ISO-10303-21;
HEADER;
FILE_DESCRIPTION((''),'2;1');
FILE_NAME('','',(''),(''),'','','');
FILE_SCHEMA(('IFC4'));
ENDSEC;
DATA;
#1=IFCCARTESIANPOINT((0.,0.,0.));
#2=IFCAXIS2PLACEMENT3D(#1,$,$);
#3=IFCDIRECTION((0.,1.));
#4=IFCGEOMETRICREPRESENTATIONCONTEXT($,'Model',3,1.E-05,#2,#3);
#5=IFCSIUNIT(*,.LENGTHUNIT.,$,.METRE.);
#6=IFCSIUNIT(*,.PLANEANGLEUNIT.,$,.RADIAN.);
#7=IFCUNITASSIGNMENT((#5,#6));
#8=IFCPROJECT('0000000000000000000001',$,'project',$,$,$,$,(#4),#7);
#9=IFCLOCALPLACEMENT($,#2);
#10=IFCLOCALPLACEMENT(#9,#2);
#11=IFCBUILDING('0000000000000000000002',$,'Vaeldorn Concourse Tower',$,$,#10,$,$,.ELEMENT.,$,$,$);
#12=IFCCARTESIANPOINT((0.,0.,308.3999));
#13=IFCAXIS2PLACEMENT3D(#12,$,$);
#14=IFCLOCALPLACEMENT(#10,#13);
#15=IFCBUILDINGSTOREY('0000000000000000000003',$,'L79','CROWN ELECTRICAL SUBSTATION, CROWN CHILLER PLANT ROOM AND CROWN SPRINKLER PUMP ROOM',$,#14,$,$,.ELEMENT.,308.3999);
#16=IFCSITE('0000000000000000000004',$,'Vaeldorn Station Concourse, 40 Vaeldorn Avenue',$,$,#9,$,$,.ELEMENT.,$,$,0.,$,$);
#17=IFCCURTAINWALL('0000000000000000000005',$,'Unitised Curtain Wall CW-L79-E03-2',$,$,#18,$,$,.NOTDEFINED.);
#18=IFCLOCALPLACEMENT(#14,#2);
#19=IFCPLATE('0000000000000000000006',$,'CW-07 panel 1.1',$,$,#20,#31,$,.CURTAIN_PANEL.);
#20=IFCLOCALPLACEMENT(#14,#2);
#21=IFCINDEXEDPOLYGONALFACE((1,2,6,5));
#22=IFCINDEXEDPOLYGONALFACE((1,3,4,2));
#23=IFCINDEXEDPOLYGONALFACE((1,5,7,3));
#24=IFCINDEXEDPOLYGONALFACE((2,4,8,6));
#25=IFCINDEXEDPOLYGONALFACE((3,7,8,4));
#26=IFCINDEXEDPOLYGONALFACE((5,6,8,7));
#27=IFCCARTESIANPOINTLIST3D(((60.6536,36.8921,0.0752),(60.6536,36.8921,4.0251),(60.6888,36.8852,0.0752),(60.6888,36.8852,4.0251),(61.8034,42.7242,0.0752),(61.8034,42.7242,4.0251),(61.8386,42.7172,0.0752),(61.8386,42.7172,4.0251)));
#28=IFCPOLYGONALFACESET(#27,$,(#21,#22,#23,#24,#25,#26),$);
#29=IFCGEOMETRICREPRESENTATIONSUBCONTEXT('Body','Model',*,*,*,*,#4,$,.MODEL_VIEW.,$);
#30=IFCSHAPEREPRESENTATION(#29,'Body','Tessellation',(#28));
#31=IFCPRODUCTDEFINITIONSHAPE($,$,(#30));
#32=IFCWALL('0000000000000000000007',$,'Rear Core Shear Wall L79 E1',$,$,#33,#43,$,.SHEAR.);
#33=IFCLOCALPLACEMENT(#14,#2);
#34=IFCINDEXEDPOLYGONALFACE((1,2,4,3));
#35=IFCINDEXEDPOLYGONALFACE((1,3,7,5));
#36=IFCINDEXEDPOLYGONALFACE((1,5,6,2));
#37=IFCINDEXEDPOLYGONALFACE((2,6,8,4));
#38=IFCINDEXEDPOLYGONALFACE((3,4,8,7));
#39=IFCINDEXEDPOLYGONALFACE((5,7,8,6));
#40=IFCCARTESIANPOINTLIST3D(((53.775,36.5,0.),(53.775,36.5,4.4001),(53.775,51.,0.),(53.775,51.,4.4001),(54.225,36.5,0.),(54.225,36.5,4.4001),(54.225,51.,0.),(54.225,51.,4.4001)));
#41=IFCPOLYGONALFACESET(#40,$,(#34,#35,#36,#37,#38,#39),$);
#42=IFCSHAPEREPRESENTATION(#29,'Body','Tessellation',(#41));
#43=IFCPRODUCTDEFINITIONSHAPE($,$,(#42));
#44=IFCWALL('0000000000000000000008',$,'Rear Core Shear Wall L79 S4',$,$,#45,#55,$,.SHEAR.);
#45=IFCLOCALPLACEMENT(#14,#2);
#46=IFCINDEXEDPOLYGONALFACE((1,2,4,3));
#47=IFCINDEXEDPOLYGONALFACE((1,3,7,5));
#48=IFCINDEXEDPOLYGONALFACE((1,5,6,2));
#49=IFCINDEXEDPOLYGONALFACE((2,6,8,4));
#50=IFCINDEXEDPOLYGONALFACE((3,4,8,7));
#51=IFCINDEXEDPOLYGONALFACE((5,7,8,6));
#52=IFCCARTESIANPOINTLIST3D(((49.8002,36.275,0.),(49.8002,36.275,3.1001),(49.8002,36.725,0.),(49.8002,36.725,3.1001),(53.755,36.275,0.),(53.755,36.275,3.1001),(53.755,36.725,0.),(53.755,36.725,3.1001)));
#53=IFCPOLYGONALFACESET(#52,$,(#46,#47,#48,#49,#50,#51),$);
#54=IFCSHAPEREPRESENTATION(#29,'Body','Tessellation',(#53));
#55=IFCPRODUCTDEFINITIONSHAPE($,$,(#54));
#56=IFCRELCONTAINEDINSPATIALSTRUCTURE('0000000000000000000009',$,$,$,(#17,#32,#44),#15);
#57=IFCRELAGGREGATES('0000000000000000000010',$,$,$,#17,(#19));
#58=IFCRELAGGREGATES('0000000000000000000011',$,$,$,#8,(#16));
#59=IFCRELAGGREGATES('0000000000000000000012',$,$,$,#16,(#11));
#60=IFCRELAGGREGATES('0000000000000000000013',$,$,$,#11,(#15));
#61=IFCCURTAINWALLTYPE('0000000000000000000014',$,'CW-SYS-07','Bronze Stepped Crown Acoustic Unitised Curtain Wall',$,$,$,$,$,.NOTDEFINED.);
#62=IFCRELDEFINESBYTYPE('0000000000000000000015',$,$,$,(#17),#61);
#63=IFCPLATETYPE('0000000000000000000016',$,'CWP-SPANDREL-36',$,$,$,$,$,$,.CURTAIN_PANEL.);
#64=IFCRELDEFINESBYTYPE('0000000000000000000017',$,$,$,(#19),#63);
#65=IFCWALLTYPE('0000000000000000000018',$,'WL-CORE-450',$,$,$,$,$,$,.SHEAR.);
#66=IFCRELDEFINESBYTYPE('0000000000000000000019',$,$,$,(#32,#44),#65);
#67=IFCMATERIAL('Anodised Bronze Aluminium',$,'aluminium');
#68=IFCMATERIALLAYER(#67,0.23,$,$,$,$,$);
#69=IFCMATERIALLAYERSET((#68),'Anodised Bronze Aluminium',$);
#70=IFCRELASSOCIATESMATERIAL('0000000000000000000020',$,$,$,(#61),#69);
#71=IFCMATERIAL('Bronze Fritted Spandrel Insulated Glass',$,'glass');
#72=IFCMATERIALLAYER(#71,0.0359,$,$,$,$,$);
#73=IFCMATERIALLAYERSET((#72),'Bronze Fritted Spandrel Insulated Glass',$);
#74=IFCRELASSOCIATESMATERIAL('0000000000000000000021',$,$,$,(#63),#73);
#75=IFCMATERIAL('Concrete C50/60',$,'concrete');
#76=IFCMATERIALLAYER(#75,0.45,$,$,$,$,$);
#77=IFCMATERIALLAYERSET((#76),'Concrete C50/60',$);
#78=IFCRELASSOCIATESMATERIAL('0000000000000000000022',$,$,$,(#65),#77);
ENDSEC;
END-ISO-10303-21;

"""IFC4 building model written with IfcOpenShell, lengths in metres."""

from ifc_helpers import new_model, si_unit, direction, frame, frame_2d, origin, origin_2d, place, context, subcontext, project, spatial, rectangle, extrude, source, transform, mapped, material, layer, layer_set, type_object, element, aggregate, save


model = new_model("IFC4")

# Units and contexts
model_context = context("Model", 3, precision=1e-05, world=origin(), true_north=direction((0.0, 1.0)))
body_context = subcontext(model_context, "Body", "Model", "MODEL_VIEW")
ifc_project = project(units=[si_unit("LENGTHUNIT", "METRE"), si_unit("PLANEANGLEUNIT", "RADIAN")], contexts=[model_context])

# Site, building, storey
site_placement = place(None, origin())
site = spatial("IfcSite", under=ifc_project, at=site_placement, Name="Vaeldorn Station Concourse, 40 Vaeldorn Avenue", CompositionType="ELEMENT", RefElevation=0.0)
building_placement = place(site_placement, origin())
building = spatial("IfcBuilding", under=site, at=building_placement, Name="Vaeldorn Concourse Tower", CompositionType="ELEMENT")
storey_placement = place(building_placement, frame((0.0, 0.0, 308.3999)))
storey = spatial("IfcBuildingStorey", under=building, at=storey_placement, Name="L79", Description="CROWN ELECTRICAL SUBSTATION, CROWN CHILLER PLANT ROOM AND CROWN SPRINKLER PUMP ROOM", CompositionType="ELEMENT", Elevation=308.3999)

# Shared definitions
ifc_material_1 = material(Name="Concrete C50/60", Category="concrete")

# Shared definitions
ifc_material_2 = material(Name="Anodised Bronze Aluminium", Category="aluminium")
ifc_layer_1 = layer(ifc_material_2, 0.23)
ifc_layer_set_1 = layer_set([ifc_layer_1], Name="Anodised Bronze Aluminium")
curtain_wall_type = type_object("IfcCurtainWallType", Name="CW-SYS-07", Description="Bronze Stepped Crown Acoustic Unitised Curtain Wall", PredefinedType="NOTDEFINED", material=ifc_layer_set_1)

# Curtain wall
curtain_wall_1_placement = place(storey_placement, origin())
curtain_wall_1 = element("IfcCurtainWall", 1, at=curtain_wall_1_placement, inside=storey, type_object=curtain_wall_type, Name="Unitised Curtain Wall CW-L79-E03-2", PredefinedType="NOTDEFINED")

# Plate
ifc_material_3 = material(Name="Bronze Fritted Spandrel Insulated Glass", Category="glass")
ifc_layer_2 = layer(ifc_material_3, 0.0359)
ifc_layer_set_2 = layer_set([ifc_layer_2], Name="Bronze Fritted Spandrel Insulated Glass")
plate_type = type_object("IfcPlateType", Name="CWP-SPANDREL-36", PredefinedType="CURTAIN_PANEL", material=ifc_layer_set_2)
shared_shape_1 = source(origin(), body_context, "Body", "SweptSolid", [
    extrude(rectangle(XDim=5.9443, YDim=0.0359, at=origin_2d()), origin(), (0.0, 0.0, 1.0), 3.95),
])
plate_1_placement = place(storey_placement, frame((61.2461, 39.8047, 0.0752), z_axis=(0.0, 0.0, 1.0), x_axis=(0.19344, 0.981112, 0.0)))
plate_1 = element("IfcPlate", 2, at=plate_1_placement, type_object=plate_type, Name="CW-07 panel 1.1", PredefinedType="CURTAIN_PANEL", context=body_context, shape_type="MappedRepresentation", body=[
    mapped(shared_shape_1, transform((0.0, 0.0, 0.0), scale=1.0)),
])
aggregate(curtain_wall_1, [plate_1])

# Walls
ifc_layer_3 = layer(ifc_material_1, 0.45)
ifc_layer_set_3 = layer_set([ifc_layer_3], Name="Concrete C50/60")
wall_type = type_object("IfcWallType", Name="WL-CORE-450", PredefinedType="SHEAR", material=ifc_layer_set_3)
wall_1_placement = place(storey_placement, frame((54.0, 36.5, 0.0), z_axis=(0.0, 0.0, 1.0), x_axis=(0.0, 1.0, 0.0)))
element("IfcWall", 3, at=wall_1_placement, inside=storey, type_object=wall_type, Name="Rear Core Shear Wall L79 E1", PredefinedType="SHEAR", context=body_context, shape_type="SweptSolid", body=[
    extrude(rectangle(XDim=14.5, YDim=0.45, at=frame_2d((7.25, 0.0))), origin(), (0.0, 0.0, 1.0), 4.4001),
])
wall_2_placement = place(storey_placement, frame((49.8, 36.5, 0.0), z_axis=(0.0, 0.0, 1.0), x_axis=(1.0, 0.0, 0.0)))
element("IfcWall", 4, at=wall_2_placement, inside=storey, type_object=wall_type, Name="Rear Core Shear Wall L79 S4", PredefinedType="SHEAR", context=body_context, shape_type="SweptSolid", body=[
    extrude(rectangle(XDim=3.9548, YDim=0.45, at=frame_2d((1.9775, 0.0))), origin(), (0.0, 0.0, 1.0), 3.1001),
])

save(model, "model.ifc")
